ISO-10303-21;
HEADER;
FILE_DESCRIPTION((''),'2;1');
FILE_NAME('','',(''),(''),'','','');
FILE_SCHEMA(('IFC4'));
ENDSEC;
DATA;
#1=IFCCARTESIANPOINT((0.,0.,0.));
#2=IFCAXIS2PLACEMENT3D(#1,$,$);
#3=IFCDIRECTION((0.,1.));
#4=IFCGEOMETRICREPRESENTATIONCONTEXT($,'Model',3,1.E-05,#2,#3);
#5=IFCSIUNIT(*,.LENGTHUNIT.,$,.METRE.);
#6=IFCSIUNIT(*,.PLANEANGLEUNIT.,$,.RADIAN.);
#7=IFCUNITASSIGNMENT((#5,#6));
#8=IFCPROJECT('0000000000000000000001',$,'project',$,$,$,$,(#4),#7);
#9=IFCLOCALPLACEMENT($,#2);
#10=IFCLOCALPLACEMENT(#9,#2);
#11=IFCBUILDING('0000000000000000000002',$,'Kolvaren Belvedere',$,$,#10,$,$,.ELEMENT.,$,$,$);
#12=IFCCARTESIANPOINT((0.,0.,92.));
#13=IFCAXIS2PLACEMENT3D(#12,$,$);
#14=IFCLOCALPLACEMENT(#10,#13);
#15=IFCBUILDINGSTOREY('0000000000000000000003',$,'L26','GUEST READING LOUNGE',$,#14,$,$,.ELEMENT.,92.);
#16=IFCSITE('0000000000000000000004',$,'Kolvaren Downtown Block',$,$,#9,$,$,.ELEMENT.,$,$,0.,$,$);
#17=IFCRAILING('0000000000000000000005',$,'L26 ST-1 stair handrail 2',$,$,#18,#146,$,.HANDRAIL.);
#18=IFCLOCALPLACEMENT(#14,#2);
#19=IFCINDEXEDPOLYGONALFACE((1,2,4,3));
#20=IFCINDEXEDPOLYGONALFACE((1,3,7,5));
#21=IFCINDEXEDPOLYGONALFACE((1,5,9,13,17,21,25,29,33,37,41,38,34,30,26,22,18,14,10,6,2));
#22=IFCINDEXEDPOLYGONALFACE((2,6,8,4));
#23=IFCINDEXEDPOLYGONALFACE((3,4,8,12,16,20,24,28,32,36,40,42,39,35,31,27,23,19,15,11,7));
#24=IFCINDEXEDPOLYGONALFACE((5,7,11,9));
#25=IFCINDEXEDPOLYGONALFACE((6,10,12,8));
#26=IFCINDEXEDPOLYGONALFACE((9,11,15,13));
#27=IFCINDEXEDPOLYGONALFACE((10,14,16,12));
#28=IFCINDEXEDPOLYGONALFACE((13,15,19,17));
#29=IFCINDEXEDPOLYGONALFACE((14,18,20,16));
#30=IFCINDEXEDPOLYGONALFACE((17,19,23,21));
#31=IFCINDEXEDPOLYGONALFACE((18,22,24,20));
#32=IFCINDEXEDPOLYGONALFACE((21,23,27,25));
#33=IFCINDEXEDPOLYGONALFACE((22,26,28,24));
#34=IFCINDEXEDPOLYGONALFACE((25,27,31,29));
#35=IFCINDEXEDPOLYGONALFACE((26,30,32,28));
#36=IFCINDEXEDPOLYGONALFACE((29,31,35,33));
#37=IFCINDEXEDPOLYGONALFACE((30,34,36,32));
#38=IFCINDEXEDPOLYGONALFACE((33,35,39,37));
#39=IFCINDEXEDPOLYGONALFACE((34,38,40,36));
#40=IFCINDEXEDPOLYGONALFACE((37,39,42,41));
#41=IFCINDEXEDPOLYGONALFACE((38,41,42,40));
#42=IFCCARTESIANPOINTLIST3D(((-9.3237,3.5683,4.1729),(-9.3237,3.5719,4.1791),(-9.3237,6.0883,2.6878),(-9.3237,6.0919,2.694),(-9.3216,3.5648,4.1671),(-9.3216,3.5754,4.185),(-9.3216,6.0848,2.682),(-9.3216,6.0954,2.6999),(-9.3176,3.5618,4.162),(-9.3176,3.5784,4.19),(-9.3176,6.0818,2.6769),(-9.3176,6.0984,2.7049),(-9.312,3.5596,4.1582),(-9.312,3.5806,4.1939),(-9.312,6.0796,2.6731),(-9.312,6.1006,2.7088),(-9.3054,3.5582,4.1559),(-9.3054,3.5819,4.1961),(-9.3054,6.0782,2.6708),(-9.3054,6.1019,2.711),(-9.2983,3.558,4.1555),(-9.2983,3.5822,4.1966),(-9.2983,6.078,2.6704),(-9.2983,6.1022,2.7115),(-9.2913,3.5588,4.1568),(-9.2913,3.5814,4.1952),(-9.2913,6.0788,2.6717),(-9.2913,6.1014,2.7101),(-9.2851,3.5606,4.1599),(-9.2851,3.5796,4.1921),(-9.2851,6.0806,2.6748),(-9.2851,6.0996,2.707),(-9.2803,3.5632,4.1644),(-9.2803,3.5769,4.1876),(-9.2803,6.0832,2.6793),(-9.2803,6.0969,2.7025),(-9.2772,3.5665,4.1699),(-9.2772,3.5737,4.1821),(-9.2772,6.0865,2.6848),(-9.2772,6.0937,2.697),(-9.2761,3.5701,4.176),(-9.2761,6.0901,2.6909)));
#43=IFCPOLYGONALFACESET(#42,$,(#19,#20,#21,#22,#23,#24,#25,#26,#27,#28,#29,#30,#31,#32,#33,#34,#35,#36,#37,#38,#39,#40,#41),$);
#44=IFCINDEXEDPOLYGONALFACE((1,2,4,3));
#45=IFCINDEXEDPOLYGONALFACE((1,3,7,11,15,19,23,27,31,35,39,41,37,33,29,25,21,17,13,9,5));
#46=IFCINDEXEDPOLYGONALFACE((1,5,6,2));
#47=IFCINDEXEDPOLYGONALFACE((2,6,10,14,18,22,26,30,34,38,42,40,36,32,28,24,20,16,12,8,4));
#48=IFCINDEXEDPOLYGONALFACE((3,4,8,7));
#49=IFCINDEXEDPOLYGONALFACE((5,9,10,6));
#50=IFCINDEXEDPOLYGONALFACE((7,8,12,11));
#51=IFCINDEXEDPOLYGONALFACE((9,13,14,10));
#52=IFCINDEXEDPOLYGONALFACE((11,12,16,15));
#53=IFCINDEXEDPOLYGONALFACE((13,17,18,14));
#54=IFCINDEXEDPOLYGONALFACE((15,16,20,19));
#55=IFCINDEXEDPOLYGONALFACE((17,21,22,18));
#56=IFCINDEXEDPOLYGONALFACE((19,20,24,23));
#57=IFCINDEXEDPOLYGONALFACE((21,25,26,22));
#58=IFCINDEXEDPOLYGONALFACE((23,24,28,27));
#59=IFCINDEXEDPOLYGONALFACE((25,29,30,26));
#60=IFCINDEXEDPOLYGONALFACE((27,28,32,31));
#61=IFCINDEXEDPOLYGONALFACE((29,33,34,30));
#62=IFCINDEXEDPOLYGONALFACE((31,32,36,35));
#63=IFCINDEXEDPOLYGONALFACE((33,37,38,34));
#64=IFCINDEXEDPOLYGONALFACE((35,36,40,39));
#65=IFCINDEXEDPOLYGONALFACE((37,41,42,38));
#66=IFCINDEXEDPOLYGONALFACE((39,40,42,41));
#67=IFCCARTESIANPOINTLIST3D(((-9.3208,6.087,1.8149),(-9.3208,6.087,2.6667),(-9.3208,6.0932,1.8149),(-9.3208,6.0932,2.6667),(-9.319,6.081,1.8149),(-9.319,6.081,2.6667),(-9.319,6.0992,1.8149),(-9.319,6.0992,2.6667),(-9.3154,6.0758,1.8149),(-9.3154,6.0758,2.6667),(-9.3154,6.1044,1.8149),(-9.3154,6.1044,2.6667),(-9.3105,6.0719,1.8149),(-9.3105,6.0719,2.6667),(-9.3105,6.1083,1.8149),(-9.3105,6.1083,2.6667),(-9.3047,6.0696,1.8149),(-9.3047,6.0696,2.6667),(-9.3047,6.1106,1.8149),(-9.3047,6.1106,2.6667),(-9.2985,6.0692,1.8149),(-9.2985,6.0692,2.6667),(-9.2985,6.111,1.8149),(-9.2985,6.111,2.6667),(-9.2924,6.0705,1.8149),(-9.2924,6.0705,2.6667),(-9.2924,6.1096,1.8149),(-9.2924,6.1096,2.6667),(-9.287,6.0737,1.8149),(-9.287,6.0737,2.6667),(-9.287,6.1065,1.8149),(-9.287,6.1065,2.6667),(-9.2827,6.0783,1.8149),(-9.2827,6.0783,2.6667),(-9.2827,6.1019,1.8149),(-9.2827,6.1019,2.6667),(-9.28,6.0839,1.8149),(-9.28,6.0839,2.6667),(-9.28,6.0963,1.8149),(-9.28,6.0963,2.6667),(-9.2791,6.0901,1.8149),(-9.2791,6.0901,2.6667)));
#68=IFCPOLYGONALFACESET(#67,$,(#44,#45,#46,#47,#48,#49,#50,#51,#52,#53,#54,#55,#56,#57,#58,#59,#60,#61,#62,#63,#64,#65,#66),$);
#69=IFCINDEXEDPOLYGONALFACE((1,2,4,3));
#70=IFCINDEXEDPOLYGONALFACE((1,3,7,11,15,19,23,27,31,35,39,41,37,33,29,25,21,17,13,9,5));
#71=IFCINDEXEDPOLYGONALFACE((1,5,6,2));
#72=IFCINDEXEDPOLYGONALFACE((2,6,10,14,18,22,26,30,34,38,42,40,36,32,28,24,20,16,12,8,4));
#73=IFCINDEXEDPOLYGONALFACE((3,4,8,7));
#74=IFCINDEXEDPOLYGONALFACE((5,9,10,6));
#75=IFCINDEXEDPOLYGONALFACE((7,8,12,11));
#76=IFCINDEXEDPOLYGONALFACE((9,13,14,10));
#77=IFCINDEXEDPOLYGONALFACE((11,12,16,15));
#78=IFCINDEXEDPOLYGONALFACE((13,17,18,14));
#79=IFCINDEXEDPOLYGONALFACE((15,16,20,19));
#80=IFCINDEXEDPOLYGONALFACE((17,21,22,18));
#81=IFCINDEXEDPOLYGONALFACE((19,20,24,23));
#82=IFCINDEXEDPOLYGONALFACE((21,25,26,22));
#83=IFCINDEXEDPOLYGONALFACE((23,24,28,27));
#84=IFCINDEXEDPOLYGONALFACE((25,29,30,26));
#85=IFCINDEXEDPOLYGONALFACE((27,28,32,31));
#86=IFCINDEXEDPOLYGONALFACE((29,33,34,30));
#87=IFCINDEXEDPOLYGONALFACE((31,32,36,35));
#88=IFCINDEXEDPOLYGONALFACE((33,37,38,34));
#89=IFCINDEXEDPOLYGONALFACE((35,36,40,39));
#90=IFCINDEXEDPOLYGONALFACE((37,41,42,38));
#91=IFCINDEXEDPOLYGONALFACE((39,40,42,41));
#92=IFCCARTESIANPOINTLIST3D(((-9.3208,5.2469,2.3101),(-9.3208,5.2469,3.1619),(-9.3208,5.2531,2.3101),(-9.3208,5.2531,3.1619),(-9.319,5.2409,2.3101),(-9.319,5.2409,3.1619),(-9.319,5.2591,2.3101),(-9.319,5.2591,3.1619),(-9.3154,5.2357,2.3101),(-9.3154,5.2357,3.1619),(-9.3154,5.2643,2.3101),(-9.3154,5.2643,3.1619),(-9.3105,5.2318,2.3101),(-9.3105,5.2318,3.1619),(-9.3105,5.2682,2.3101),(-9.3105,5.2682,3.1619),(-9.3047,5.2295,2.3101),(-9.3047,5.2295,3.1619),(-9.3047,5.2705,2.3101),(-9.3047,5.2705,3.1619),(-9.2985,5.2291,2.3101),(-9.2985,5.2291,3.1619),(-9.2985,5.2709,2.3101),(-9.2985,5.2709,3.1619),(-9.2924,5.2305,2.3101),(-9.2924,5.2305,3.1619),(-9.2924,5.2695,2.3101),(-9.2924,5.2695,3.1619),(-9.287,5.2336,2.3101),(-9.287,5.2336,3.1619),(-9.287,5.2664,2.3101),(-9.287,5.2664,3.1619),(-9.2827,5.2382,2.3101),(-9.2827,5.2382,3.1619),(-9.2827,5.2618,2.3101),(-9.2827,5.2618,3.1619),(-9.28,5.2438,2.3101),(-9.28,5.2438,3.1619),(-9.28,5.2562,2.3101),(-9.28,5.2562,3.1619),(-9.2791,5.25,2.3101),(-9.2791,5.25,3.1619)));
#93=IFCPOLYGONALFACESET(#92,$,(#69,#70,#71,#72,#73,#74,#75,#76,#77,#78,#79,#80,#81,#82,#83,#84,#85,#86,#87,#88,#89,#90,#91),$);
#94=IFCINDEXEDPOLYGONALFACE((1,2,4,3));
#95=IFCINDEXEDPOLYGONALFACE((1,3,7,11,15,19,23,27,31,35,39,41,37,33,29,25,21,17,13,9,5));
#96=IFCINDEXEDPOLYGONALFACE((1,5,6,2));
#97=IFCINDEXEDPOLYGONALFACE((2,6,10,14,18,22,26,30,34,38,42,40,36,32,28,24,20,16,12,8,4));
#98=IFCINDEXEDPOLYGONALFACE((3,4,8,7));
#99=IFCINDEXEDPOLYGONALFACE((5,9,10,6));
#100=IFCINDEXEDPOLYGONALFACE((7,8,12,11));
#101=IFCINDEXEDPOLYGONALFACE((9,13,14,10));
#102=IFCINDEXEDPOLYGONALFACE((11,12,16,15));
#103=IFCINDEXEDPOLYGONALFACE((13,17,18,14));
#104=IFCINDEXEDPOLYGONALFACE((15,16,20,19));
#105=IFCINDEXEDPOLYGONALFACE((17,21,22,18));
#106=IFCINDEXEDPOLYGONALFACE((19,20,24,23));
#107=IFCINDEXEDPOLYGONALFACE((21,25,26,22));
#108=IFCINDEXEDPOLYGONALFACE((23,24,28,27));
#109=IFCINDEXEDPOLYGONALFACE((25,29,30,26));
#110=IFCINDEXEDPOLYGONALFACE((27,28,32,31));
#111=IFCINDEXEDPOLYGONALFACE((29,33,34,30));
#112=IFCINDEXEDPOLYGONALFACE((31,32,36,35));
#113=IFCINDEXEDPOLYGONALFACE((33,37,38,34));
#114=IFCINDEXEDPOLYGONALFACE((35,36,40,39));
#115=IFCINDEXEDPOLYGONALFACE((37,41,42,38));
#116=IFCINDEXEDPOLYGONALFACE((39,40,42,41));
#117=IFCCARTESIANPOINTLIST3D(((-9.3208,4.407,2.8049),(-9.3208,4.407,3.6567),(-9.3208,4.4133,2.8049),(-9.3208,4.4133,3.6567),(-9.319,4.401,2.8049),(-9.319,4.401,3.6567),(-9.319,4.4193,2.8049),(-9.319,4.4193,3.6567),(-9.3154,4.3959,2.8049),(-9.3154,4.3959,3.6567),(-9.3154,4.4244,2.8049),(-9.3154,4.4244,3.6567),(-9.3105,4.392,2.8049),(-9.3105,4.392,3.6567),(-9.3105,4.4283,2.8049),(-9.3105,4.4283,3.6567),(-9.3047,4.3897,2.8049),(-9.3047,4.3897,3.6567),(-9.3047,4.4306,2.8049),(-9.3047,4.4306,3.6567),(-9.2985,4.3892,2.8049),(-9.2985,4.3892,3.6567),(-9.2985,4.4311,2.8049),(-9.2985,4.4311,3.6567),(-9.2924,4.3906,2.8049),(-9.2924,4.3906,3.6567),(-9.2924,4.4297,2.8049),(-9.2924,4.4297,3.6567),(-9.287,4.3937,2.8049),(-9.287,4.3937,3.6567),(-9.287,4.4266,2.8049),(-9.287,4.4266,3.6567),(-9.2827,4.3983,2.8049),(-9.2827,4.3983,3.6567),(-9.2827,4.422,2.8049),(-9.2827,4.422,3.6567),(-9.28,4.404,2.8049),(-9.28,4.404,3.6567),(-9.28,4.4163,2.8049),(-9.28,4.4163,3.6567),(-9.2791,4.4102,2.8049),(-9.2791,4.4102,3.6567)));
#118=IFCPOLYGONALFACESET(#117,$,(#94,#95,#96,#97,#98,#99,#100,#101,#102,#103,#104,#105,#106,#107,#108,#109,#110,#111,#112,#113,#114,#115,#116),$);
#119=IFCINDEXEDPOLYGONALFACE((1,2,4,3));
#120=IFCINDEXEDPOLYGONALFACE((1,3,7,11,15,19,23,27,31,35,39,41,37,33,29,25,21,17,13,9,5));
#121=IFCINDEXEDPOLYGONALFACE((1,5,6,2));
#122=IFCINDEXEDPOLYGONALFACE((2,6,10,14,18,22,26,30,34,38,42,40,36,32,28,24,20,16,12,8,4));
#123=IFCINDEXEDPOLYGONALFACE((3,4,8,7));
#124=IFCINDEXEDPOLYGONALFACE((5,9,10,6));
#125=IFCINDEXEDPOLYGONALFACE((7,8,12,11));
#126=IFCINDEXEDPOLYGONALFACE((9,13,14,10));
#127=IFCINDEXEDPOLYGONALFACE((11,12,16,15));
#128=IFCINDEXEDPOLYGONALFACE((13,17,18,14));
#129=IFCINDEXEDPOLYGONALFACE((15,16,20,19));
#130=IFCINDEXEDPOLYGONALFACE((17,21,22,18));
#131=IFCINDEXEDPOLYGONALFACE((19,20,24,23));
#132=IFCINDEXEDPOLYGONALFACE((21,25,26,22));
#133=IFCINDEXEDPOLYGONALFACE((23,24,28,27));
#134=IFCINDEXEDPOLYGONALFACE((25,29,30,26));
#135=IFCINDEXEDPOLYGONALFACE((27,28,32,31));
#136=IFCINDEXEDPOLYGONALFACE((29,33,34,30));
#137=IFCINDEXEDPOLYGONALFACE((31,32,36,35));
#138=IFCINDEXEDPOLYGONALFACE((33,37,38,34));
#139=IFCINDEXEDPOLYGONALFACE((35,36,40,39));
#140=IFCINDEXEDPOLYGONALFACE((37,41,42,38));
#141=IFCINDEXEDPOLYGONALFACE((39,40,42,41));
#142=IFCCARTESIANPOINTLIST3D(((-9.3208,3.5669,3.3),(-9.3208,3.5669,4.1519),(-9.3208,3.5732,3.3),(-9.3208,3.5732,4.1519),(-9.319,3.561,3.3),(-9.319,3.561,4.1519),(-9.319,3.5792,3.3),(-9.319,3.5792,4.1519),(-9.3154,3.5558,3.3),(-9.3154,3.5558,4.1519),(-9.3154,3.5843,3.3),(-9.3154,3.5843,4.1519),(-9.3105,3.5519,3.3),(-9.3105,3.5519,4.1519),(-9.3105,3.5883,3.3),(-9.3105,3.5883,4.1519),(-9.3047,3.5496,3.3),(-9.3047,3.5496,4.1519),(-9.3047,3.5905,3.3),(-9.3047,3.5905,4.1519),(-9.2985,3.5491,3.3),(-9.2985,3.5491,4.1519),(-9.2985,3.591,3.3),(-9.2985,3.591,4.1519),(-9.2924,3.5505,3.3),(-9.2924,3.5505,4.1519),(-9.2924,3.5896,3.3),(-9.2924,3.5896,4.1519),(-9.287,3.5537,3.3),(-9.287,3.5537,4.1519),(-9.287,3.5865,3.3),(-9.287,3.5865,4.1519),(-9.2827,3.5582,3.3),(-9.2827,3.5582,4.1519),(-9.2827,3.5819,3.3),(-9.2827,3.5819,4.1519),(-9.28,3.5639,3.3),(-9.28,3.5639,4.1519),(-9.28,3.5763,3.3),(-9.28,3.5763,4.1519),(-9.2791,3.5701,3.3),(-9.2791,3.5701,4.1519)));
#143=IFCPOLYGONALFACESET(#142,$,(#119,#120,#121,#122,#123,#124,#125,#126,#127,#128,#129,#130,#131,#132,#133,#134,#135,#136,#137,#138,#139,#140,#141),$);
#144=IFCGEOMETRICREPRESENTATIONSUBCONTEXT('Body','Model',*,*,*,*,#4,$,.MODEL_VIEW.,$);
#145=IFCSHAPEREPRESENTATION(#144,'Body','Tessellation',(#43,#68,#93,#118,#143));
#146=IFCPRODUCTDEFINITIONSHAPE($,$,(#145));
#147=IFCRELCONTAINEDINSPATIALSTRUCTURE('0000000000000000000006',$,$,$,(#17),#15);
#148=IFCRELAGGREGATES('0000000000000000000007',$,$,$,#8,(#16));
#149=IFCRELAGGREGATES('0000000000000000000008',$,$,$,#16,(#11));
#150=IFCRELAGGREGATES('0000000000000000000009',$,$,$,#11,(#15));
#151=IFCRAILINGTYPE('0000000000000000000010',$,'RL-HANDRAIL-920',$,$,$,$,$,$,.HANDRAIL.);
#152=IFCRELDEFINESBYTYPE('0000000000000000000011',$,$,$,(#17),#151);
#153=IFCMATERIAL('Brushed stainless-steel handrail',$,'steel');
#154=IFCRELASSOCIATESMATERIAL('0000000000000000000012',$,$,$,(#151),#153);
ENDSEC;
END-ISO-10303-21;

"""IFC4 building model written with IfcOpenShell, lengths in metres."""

from ifc_helpers import new_model, si_unit, direction, frame, origin, origin_2d, place, context, subcontext, project, spatial, circle, extrude, material, type_object, element, save


model = new_model("IFC4")

# Units and contexts
model_context = context("Model", 3, precision=1e-05, world=origin(), true_north=direction((0.0, 1.0)))
body_context = subcontext(model_context, "Body", "Model", "MODEL_VIEW")
ifc_project = project(units=[si_unit("LENGTHUNIT", "METRE"), si_unit("PLANEANGLEUNIT", "RADIAN")], contexts=[model_context])

# Site, building, storey
site_placement = place(None, origin())
site = spatial("IfcSite", under=ifc_project, at=site_placement, Name="Kolvaren Downtown Block", CompositionType="ELEMENT", RefElevation=0.0)
building_placement = place(site_placement, origin())
building = spatial("IfcBuilding", under=site, at=building_placement, Name="Kolvaren Belvedere", CompositionType="ELEMENT")
storey_placement = place(building_placement, frame((0.0, 0.0, 92.0)))
storey = spatial("IfcBuildingStorey", under=building, at=storey_placement, Name="L26", Description="GUEST READING LOUNGE", CompositionType="ELEMENT", Elevation=92.0)

# Railing
ifc_material_1 = material(Name="Brushed stainless-steel handrail", Category="steel")
railing_type_1 = type_object("IfcRailingType", Name="RL-HANDRAIL-920", PredefinedType="HANDRAIL", material=ifc_material_1)
railing_1_placement = place(storey_placement, frame((-9.3, 6.0901, 1.8149)))
element("IfcRailing", 1, at=railing_1_placement, inside=storey, type_object=railing_type_1, Name="L26 ST-1 stair handrail 2", PredefinedType="HANDRAIL", context=body_context, shape_type="SweptSolid", body=[
    extrude(circle(Radius=0.0239, at=origin_2d()), frame((0.0, 0.0, 0.876), z_axis=(0.0, -0.861524, 0.507717), x_axis=(1.0, 0.0, 0.0)), (0.0, 0.0, 1.0), 2.925),
    extrude(circle(Radius=0.021, at=origin_2d()), origin(), (0.0, 0.0, 1.0), 0.8518),
    extrude(circle(Radius=0.021, at=origin_2d()), frame((0.0, -0.8401, 0.4951)), (0.0, 0.0, 1.0), 0.8518),
    extrude(circle(Radius=0.021, at=origin_2d()), frame((0.0, -1.6799, 0.99)), (0.0, 0.0, 1.0), 0.8518),
    extrude(circle(Radius=0.021, at=origin_2d()), frame((0.0, -2.52, 1.4851)), (0.0, 0.0, 1.0), 0.8518),
])

save(model, "model.ifc")
